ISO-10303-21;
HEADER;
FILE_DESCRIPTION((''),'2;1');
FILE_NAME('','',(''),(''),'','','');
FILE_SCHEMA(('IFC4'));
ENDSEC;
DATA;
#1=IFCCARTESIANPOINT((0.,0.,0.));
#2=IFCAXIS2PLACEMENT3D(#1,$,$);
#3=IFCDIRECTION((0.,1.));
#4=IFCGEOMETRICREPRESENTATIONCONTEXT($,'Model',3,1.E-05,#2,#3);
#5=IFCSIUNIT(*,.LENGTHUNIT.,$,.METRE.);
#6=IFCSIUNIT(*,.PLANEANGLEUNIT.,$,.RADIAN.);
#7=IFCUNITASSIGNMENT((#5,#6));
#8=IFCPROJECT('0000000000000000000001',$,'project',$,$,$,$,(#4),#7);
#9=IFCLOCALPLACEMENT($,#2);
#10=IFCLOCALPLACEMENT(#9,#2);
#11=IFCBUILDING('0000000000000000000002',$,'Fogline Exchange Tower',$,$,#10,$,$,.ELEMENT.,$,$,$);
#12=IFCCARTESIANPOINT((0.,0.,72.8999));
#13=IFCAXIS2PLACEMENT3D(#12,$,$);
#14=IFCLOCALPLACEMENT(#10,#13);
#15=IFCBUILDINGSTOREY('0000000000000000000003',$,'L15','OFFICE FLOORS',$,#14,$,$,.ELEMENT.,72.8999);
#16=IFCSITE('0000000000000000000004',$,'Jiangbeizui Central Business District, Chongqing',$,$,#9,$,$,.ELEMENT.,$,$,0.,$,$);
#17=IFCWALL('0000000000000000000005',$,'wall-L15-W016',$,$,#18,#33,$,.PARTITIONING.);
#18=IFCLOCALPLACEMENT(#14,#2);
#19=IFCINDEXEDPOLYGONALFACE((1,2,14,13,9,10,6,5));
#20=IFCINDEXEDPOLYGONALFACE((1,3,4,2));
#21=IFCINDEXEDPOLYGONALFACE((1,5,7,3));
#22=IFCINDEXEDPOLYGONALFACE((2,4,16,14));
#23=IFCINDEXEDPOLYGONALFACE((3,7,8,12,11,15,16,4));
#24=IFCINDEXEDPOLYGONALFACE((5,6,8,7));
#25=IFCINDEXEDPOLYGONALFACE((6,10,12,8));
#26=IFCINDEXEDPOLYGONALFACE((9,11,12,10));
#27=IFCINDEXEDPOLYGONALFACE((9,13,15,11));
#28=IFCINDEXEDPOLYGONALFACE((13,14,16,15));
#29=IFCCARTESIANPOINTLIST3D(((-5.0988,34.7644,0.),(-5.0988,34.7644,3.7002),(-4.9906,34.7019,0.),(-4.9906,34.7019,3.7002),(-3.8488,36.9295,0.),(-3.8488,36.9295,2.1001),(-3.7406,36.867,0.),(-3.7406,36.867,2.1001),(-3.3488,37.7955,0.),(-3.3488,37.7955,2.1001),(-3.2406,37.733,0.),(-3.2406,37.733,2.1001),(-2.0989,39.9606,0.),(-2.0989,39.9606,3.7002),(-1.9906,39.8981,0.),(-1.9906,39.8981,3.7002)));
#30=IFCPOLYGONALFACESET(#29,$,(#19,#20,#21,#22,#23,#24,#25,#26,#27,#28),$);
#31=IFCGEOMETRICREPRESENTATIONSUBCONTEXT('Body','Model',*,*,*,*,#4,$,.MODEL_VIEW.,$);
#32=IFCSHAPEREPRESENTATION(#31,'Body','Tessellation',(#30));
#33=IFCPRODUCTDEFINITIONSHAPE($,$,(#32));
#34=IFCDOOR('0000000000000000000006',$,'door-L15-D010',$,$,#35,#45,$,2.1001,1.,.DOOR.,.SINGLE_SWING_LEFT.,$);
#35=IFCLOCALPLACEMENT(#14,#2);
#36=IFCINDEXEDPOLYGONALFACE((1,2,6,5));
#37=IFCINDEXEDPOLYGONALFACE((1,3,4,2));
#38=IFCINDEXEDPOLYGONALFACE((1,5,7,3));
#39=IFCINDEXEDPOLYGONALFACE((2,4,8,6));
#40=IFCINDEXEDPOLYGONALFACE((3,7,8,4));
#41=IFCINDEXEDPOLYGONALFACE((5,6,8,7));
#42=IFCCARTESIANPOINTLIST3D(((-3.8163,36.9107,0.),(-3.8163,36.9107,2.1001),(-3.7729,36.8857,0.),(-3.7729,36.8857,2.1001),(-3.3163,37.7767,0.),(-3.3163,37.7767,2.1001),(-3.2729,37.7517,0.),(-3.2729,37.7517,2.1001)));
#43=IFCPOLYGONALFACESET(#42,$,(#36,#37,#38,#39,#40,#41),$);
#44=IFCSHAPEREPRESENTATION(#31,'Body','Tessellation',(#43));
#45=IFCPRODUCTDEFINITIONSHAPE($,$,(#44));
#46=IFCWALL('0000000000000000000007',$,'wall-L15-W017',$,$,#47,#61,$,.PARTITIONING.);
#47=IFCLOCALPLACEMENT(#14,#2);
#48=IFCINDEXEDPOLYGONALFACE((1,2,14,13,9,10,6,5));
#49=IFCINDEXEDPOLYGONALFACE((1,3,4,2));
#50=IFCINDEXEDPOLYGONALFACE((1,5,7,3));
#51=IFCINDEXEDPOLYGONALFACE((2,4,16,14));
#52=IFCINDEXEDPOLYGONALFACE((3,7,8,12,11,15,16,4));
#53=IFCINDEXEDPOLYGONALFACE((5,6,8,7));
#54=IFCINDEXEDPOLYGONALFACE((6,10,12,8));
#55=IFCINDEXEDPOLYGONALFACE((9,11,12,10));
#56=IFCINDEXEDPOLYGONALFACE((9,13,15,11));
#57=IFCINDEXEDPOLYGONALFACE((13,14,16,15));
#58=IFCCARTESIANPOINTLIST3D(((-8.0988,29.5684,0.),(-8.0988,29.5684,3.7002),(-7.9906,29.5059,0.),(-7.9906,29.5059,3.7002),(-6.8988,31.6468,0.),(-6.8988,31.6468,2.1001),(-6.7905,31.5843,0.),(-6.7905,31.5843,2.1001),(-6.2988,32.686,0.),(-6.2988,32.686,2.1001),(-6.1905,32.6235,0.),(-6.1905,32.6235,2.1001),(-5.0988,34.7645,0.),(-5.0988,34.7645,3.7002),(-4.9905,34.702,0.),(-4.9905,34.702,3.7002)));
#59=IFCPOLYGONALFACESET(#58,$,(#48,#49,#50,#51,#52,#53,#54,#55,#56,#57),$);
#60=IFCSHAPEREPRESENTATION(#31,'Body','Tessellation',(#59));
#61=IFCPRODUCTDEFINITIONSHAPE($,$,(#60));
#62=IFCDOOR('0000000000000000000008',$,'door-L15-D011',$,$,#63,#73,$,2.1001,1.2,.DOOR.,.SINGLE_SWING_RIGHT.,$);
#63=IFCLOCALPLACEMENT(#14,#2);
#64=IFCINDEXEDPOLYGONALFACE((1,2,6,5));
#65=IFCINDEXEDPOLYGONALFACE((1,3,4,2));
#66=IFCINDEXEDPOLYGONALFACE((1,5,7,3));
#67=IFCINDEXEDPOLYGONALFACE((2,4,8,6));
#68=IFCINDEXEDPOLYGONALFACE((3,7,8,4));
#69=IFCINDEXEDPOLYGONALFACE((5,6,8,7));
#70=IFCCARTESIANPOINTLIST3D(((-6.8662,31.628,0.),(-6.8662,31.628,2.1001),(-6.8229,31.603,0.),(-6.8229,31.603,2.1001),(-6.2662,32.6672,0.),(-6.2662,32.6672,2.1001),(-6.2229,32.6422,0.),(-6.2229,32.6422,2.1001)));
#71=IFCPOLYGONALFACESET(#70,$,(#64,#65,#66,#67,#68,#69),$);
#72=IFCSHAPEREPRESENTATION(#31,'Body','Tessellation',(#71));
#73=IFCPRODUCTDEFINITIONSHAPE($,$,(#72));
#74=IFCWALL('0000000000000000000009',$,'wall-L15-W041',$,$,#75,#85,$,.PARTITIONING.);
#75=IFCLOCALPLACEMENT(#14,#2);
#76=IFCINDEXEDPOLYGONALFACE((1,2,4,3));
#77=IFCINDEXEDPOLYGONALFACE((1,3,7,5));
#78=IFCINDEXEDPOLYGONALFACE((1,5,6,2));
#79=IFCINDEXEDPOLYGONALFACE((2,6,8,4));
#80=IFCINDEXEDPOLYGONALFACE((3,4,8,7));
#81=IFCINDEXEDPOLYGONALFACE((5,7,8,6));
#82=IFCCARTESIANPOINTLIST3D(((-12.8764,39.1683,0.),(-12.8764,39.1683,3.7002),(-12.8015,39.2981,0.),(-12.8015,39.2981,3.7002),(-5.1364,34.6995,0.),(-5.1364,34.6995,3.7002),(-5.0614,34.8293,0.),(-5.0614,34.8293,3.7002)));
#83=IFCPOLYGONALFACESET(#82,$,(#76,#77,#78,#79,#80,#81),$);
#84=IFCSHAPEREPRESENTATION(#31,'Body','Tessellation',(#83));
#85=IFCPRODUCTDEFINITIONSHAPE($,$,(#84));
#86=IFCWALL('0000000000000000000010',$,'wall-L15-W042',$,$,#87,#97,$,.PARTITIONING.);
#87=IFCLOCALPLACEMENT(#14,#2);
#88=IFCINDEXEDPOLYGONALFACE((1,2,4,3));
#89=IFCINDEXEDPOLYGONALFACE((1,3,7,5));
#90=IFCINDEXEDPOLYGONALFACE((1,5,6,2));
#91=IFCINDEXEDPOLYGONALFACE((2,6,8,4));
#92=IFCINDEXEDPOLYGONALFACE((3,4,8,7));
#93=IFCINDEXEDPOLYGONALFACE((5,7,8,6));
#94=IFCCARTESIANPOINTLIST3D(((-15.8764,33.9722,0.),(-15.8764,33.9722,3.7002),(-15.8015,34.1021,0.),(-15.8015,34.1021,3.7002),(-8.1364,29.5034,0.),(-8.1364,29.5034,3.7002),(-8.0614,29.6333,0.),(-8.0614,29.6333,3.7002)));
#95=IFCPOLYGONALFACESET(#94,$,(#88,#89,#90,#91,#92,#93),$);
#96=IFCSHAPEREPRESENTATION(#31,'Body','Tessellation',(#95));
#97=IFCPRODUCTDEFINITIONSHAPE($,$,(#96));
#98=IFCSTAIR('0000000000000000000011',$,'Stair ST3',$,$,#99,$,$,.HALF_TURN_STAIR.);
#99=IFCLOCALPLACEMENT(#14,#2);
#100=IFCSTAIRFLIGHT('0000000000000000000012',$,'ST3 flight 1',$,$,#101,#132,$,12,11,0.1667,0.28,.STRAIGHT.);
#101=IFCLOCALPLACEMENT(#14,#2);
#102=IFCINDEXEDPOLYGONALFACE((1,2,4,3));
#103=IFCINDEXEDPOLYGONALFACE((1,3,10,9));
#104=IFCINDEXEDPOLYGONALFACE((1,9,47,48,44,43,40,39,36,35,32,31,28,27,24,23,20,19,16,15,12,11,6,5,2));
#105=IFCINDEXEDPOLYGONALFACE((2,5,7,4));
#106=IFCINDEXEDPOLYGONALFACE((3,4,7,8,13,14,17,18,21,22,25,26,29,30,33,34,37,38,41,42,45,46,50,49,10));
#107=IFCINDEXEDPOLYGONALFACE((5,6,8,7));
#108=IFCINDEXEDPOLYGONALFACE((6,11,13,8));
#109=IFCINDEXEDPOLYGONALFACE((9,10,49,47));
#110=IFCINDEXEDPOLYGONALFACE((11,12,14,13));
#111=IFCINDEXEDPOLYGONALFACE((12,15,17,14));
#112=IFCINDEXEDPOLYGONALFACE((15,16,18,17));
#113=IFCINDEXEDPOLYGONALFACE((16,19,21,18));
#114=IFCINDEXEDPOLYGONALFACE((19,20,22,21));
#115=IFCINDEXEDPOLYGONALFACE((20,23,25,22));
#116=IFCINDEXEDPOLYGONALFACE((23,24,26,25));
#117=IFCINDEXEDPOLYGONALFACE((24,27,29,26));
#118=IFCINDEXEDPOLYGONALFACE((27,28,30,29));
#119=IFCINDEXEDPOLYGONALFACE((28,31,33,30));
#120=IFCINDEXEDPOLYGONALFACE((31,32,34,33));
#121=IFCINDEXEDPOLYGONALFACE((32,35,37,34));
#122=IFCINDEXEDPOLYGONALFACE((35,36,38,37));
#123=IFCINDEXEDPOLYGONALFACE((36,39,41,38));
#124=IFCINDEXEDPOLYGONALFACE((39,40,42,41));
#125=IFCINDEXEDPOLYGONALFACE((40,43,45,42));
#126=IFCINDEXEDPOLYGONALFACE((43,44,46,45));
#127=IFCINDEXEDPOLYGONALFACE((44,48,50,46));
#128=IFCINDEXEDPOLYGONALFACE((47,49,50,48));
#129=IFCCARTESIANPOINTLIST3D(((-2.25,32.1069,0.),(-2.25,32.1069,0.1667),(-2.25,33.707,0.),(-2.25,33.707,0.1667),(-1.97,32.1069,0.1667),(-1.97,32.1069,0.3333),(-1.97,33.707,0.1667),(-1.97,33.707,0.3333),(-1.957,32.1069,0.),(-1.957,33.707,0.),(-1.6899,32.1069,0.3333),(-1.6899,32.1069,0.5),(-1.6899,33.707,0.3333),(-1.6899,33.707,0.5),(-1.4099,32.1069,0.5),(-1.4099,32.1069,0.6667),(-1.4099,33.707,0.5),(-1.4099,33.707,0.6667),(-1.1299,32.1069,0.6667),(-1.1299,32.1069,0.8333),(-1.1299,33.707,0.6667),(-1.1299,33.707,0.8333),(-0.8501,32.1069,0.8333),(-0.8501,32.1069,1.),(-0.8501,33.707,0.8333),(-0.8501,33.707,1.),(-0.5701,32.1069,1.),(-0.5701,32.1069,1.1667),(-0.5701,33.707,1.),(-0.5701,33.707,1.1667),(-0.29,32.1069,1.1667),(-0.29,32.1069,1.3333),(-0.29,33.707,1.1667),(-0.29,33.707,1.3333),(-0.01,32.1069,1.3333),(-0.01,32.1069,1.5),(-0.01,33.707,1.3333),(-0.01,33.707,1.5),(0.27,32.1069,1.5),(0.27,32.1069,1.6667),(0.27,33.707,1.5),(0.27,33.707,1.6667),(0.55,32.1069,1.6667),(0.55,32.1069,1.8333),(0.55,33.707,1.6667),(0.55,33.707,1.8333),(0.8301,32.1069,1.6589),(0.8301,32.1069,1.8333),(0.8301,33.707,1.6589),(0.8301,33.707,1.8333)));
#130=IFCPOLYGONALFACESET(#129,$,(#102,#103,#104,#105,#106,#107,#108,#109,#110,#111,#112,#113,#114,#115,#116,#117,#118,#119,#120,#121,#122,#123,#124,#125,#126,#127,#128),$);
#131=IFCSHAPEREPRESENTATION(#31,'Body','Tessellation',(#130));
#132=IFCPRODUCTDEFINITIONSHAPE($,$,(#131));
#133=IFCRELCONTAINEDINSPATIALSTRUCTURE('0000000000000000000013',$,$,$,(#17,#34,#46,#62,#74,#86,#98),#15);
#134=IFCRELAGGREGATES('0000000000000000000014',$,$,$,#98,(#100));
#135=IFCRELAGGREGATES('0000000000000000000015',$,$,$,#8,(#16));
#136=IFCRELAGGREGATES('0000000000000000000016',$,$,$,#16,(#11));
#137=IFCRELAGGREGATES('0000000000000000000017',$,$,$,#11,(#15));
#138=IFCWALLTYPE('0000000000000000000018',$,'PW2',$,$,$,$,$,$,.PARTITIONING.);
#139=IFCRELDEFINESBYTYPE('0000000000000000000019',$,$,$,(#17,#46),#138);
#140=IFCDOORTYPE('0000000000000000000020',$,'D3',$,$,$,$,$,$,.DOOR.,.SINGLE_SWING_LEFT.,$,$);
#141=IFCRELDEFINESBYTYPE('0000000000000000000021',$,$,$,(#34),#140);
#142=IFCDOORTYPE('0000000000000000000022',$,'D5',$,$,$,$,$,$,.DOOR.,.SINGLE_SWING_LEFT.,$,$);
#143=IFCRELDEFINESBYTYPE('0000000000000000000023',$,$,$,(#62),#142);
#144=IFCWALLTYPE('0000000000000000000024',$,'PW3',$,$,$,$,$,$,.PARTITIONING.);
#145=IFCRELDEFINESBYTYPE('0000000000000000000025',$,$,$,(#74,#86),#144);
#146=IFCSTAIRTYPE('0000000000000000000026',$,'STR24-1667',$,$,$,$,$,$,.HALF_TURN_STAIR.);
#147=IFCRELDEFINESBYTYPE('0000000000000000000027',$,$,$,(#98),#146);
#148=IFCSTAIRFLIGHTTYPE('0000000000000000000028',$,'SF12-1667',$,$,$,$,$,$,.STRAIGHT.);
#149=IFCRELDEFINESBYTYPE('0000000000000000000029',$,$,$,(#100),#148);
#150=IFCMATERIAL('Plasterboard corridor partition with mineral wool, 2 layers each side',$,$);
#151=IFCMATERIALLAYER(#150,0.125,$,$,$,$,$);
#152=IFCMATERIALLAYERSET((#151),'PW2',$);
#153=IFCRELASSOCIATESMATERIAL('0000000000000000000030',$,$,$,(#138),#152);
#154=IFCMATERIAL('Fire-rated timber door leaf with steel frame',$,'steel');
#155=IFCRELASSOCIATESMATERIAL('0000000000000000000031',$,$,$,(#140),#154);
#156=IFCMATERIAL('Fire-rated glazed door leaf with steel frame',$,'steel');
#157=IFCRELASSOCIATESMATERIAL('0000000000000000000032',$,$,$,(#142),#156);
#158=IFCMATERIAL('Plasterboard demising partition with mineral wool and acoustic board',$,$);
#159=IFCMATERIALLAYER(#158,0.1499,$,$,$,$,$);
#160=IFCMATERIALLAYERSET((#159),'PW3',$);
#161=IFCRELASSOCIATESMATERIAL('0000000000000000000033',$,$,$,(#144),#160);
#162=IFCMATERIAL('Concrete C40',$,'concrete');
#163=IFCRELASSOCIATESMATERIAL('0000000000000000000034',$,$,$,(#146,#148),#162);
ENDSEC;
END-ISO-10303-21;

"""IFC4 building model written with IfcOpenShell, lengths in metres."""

from ifc_helpers import new_model, si_unit, direction, frame, frame_2d, origin, place, context, subcontext, project, spatial, polyline, rectangle, outline, extrude, material, layer, layer_set, type_object, element, fill, aggregate, save


model = new_model("IFC4")

# Units and contexts
model_context = context("Model", 3, precision=1e-05, world=origin(), true_north=direction((0.0, 1.0)))
body_context = subcontext(model_context, "Body", "Model", "MODEL_VIEW")
ifc_project = project(units=[si_unit("LENGTHUNIT", "METRE"), si_unit("PLANEANGLEUNIT", "RADIAN")], contexts=[model_context])

# Site, building, storey
site_placement = place(None, origin())
site = spatial("IfcSite", under=ifc_project, at=site_placement, Name="Jiangbeizui Central Business District, Chongqing", CompositionType="ELEMENT", RefElevation=0.0)
building_placement = place(site_placement, origin())
building = spatial("IfcBuilding", under=site, at=building_placement, Name="Fogline Exchange Tower", CompositionType="ELEMENT")
storey_placement = place(building_placement, frame((0.0, 0.0, 72.8999)))
storey = spatial("IfcBuildingStorey", under=building, at=storey_placement, Name="L15", Description="OFFICE FLOORS", CompositionType="ELEMENT", Elevation=72.8999)

# Shared definitions
ifc_material_1 = material(Name="Concrete C40", Category="concrete")

# Walls, openings, doors
ifc_material_2 = material(Name="Plasterboard corridor partition with mineral wool, 2 layers each side")
ifc_layer_1 = layer(ifc_material_2, 0.125)
ifc_layer_set_1 = layer_set([ifc_layer_1], Name="PW2")
wall_type_1 = type_object("IfcWallType", Name="PW2", PredefinedType="PARTITIONING", material=ifc_layer_set_1)
wall_1_placement = place(storey_placement, frame((-5.0447, 34.7332, 0.0), z_axis=(0.0, 0.0, 1.0), x_axis=(0.49999, 0.866031, 0.0)))
wall_1 = element("IfcWall", 1, at=wall_1_placement, inside=storey, type_object=wall_type_1, Name="wall-L15-W016", PredefinedType="PARTITIONING", context=body_context, shape_type="SweptSolid", body=[
    extrude(rectangle(XDim=6.0, YDim=0.125, at=frame_2d((3.0, 0.0))), origin(), (0.0, 0.0, 1.0), 3.7002),
])
opening_1_placement = place(wall_1_placement, frame((2.5, 0.0, 0.0)))
opening_1 = element("IfcOpeningElement", 2, at=opening_1_placement, cuts=wall_1, PredefinedType="OPENING", context=body_context, shape_type="SweptSolid", body=[
    extrude(rectangle(XDim=1.0, YDim=2.1001, at=frame_2d((0.5, 1.05))), frame((0.0, 0.0725, 0.0), z_axis=(0.0, -1.0, 0.0), x_axis=(1.0, 0.0, 0.0)), (0.0, 0.0, 1.0), 0.145),
])
ifc_material_3 = material(Name="Fire-rated timber door leaf with steel frame", Category="steel")
door_type_1 = type_object("IfcDoorType", Name="D3", OperationType="SINGLE_SWING_LEFT", PredefinedType="DOOR", material=ifc_material_3)
door_1_placement = place(opening_1_placement, origin())
door_1 = element("IfcDoor", 3, at=door_1_placement, inside=storey, type_object=door_type_1, Name="door-L15-D010", OperationType="SINGLE_SWING_LEFT", OverallHeight=2.1001, OverallWidth=1.0, PredefinedType="DOOR", context=body_context, shape_type="SweptSolid", body=[
    extrude(rectangle(XDim=1.0, YDim=2.1001, at=frame_2d((0.5, 1.05))), frame((0.0, 0.0249, 0.0), z_axis=(0.0, -1.0, 0.0), x_axis=(1.0, 0.0, 0.0)), (0.0, 0.0, 1.0), 0.05),
])
fill(opening_1, door_1)
wall_2_placement = place(storey_placement, frame((-8.0447, 29.5371, 0.0), z_axis=(0.0, 0.0, 1.0), x_axis=(0.500008, 0.866021, 0.0)))
wall_2 = element("IfcWall", 4, at=wall_2_placement, inside=storey, type_object=wall_type_1, Name="wall-L15-W017", PredefinedType="PARTITIONING", context=body_context, shape_type="SweptSolid", body=[
    extrude(rectangle(XDim=6.0, YDim=0.125, at=frame_2d((3.0, 0.0))), origin(), (0.0, 0.0, 1.0), 3.7002),
])
opening_2_placement = place(wall_2_placement, frame((2.3999, 0.0, 0.0)))
opening_2 = element("IfcOpeningElement", 5, at=opening_2_placement, cuts=wall_2, PredefinedType="OPENING", context=body_context, shape_type="SweptSolid", body=[
    extrude(rectangle(XDim=1.2, YDim=2.1001, at=frame_2d((0.6001, 1.05))), frame((0.0, 0.0725, 0.0), z_axis=(0.0, -1.0, 0.0), x_axis=(1.0, 0.0, 0.0)), (0.0, 0.0, 1.0), 0.145),
])
ifc_material_4 = material(Name="Fire-rated glazed door leaf with steel frame", Category="steel")
door_type_2 = type_object("IfcDoorType", Name="D5", OperationType="SINGLE_SWING_LEFT", PredefinedType="DOOR", material=ifc_material_4)
door_2_placement = place(opening_2_placement, origin())
door_2 = element("IfcDoor", 6, at=door_2_placement, inside=storey, type_object=door_type_2, Name="door-L15-D011", OperationType="SINGLE_SWING_RIGHT", OverallHeight=2.1001, OverallWidth=1.2, PredefinedType="DOOR", context=body_context, shape_type="SweptSolid", body=[
    extrude(rectangle(XDim=1.2, YDim=2.1001, at=frame_2d((0.6001, 1.05))), frame((0.0, 0.0249, 0.0), z_axis=(0.0, -1.0, 0.0), x_axis=(1.0, 0.0, 0.0)), (0.0, 0.0, 1.0), 0.05),
])
fill(opening_2, door_2)

# Walls
ifc_material_5 = material(Name="Plasterboard demising partition with mineral wool and acoustic board")
ifc_layer_2 = layer(ifc_material_5, 0.1499)
ifc_layer_set_2 = layer_set([ifc_layer_2], Name="PW3")
wall_type_2 = type_object("IfcWallType", Name="PW3", PredefinedType="PARTITIONING", material=ifc_layer_set_2)
for number, where, z_axis, x_axis, name in (
    (7, (-5.0989, 34.7644, 0.0), (0.0, 0.0, 1.0), (-0.866022, 0.500005, 0.0), "wall-L15-W041"),
    (8, (-8.0989, 29.5684, 0.0), (0.0, 0.0, 1.0), (-0.866022, 0.500005, 0.0), "wall-L15-W042"),
):
    element("IfcWall", number, at=place(storey_placement, frame(where, z_axis=z_axis, x_axis=x_axis)), inside=storey, type_object=wall_type_2, Name=name, PredefinedType="PARTITIONING", context=body_context, shape_type="SweptSolid", body=[
        extrude(rectangle(XDim=8.9375, YDim=0.1499, at=frame_2d((4.4688, 0.0))), origin(), (0.0, 0.0, 1.0), 3.7002),
    ])

# Stair, stair flight
stair_type = type_object("IfcStairType", Name="STR24-1667", PredefinedType="HALF_TURN_STAIR", material=ifc_material_1)
stair_placement = place(storey_placement, origin())
stair = element("IfcStair", 9, at=stair_placement, inside=storey, type_object=stair_type, Name="Stair ST3", PredefinedType="HALF_TURN_STAIR")
stair_flight_type = type_object("IfcStairFlightType", Name="SF12-1667", PredefinedType="STRAIGHT", material=ifc_material_1)
stair_flight_placement = place(storey_placement, frame((-2.25, 32.907, 0.0), z_axis=(0.0, 0.0, 1.0), x_axis=(1.0, 0.0, 0.0)))
stair_flight = element("IfcStairFlight", 10, at=stair_flight_placement, type_object=stair_flight_type, Name="ST3 flight 1", NumberOfRisers=12, NumberOfTreads=11, PredefinedType="STRAIGHT", RiserHeight=0.1667, TreadLength=0.28, context=body_context, shape_type="SweptSolid", body=[
    extrude(outline(polyline([(0.0, 0.0), (0.0, 0.1667), (0.28, 0.1667), (0.28, 0.3333), (0.5601, 0.3333), (0.5601, 0.5), (0.8401, 0.5), (0.8401, 0.6667), (1.1201, 0.6667), (1.1201, 0.8333), (1.3999, 0.8333), (1.3999, 1.0), (1.6799, 1.0), (1.6799, 1.1667), (1.96, 1.1667), (1.96, 1.3333), (2.24, 1.3333), (2.24, 1.5), (2.52, 1.5), (2.52, 1.6667), (2.8, 1.6667), (2.8, 1.8333), (3.0801, 1.8333), (3.0801, 2.0), (3.0801, 1.6589), (0.293, 0.0), (0.0, 0.0)])), frame((0.0, 0.8, 0.0), z_axis=(0.0, -1.0, 0.0), x_axis=(1.0, 0.0, 0.0)), (0.0, 0.0, 1.0), 1.6001),
])
aggregate(stair, [stair_flight])

save(model, "model.ifc")
